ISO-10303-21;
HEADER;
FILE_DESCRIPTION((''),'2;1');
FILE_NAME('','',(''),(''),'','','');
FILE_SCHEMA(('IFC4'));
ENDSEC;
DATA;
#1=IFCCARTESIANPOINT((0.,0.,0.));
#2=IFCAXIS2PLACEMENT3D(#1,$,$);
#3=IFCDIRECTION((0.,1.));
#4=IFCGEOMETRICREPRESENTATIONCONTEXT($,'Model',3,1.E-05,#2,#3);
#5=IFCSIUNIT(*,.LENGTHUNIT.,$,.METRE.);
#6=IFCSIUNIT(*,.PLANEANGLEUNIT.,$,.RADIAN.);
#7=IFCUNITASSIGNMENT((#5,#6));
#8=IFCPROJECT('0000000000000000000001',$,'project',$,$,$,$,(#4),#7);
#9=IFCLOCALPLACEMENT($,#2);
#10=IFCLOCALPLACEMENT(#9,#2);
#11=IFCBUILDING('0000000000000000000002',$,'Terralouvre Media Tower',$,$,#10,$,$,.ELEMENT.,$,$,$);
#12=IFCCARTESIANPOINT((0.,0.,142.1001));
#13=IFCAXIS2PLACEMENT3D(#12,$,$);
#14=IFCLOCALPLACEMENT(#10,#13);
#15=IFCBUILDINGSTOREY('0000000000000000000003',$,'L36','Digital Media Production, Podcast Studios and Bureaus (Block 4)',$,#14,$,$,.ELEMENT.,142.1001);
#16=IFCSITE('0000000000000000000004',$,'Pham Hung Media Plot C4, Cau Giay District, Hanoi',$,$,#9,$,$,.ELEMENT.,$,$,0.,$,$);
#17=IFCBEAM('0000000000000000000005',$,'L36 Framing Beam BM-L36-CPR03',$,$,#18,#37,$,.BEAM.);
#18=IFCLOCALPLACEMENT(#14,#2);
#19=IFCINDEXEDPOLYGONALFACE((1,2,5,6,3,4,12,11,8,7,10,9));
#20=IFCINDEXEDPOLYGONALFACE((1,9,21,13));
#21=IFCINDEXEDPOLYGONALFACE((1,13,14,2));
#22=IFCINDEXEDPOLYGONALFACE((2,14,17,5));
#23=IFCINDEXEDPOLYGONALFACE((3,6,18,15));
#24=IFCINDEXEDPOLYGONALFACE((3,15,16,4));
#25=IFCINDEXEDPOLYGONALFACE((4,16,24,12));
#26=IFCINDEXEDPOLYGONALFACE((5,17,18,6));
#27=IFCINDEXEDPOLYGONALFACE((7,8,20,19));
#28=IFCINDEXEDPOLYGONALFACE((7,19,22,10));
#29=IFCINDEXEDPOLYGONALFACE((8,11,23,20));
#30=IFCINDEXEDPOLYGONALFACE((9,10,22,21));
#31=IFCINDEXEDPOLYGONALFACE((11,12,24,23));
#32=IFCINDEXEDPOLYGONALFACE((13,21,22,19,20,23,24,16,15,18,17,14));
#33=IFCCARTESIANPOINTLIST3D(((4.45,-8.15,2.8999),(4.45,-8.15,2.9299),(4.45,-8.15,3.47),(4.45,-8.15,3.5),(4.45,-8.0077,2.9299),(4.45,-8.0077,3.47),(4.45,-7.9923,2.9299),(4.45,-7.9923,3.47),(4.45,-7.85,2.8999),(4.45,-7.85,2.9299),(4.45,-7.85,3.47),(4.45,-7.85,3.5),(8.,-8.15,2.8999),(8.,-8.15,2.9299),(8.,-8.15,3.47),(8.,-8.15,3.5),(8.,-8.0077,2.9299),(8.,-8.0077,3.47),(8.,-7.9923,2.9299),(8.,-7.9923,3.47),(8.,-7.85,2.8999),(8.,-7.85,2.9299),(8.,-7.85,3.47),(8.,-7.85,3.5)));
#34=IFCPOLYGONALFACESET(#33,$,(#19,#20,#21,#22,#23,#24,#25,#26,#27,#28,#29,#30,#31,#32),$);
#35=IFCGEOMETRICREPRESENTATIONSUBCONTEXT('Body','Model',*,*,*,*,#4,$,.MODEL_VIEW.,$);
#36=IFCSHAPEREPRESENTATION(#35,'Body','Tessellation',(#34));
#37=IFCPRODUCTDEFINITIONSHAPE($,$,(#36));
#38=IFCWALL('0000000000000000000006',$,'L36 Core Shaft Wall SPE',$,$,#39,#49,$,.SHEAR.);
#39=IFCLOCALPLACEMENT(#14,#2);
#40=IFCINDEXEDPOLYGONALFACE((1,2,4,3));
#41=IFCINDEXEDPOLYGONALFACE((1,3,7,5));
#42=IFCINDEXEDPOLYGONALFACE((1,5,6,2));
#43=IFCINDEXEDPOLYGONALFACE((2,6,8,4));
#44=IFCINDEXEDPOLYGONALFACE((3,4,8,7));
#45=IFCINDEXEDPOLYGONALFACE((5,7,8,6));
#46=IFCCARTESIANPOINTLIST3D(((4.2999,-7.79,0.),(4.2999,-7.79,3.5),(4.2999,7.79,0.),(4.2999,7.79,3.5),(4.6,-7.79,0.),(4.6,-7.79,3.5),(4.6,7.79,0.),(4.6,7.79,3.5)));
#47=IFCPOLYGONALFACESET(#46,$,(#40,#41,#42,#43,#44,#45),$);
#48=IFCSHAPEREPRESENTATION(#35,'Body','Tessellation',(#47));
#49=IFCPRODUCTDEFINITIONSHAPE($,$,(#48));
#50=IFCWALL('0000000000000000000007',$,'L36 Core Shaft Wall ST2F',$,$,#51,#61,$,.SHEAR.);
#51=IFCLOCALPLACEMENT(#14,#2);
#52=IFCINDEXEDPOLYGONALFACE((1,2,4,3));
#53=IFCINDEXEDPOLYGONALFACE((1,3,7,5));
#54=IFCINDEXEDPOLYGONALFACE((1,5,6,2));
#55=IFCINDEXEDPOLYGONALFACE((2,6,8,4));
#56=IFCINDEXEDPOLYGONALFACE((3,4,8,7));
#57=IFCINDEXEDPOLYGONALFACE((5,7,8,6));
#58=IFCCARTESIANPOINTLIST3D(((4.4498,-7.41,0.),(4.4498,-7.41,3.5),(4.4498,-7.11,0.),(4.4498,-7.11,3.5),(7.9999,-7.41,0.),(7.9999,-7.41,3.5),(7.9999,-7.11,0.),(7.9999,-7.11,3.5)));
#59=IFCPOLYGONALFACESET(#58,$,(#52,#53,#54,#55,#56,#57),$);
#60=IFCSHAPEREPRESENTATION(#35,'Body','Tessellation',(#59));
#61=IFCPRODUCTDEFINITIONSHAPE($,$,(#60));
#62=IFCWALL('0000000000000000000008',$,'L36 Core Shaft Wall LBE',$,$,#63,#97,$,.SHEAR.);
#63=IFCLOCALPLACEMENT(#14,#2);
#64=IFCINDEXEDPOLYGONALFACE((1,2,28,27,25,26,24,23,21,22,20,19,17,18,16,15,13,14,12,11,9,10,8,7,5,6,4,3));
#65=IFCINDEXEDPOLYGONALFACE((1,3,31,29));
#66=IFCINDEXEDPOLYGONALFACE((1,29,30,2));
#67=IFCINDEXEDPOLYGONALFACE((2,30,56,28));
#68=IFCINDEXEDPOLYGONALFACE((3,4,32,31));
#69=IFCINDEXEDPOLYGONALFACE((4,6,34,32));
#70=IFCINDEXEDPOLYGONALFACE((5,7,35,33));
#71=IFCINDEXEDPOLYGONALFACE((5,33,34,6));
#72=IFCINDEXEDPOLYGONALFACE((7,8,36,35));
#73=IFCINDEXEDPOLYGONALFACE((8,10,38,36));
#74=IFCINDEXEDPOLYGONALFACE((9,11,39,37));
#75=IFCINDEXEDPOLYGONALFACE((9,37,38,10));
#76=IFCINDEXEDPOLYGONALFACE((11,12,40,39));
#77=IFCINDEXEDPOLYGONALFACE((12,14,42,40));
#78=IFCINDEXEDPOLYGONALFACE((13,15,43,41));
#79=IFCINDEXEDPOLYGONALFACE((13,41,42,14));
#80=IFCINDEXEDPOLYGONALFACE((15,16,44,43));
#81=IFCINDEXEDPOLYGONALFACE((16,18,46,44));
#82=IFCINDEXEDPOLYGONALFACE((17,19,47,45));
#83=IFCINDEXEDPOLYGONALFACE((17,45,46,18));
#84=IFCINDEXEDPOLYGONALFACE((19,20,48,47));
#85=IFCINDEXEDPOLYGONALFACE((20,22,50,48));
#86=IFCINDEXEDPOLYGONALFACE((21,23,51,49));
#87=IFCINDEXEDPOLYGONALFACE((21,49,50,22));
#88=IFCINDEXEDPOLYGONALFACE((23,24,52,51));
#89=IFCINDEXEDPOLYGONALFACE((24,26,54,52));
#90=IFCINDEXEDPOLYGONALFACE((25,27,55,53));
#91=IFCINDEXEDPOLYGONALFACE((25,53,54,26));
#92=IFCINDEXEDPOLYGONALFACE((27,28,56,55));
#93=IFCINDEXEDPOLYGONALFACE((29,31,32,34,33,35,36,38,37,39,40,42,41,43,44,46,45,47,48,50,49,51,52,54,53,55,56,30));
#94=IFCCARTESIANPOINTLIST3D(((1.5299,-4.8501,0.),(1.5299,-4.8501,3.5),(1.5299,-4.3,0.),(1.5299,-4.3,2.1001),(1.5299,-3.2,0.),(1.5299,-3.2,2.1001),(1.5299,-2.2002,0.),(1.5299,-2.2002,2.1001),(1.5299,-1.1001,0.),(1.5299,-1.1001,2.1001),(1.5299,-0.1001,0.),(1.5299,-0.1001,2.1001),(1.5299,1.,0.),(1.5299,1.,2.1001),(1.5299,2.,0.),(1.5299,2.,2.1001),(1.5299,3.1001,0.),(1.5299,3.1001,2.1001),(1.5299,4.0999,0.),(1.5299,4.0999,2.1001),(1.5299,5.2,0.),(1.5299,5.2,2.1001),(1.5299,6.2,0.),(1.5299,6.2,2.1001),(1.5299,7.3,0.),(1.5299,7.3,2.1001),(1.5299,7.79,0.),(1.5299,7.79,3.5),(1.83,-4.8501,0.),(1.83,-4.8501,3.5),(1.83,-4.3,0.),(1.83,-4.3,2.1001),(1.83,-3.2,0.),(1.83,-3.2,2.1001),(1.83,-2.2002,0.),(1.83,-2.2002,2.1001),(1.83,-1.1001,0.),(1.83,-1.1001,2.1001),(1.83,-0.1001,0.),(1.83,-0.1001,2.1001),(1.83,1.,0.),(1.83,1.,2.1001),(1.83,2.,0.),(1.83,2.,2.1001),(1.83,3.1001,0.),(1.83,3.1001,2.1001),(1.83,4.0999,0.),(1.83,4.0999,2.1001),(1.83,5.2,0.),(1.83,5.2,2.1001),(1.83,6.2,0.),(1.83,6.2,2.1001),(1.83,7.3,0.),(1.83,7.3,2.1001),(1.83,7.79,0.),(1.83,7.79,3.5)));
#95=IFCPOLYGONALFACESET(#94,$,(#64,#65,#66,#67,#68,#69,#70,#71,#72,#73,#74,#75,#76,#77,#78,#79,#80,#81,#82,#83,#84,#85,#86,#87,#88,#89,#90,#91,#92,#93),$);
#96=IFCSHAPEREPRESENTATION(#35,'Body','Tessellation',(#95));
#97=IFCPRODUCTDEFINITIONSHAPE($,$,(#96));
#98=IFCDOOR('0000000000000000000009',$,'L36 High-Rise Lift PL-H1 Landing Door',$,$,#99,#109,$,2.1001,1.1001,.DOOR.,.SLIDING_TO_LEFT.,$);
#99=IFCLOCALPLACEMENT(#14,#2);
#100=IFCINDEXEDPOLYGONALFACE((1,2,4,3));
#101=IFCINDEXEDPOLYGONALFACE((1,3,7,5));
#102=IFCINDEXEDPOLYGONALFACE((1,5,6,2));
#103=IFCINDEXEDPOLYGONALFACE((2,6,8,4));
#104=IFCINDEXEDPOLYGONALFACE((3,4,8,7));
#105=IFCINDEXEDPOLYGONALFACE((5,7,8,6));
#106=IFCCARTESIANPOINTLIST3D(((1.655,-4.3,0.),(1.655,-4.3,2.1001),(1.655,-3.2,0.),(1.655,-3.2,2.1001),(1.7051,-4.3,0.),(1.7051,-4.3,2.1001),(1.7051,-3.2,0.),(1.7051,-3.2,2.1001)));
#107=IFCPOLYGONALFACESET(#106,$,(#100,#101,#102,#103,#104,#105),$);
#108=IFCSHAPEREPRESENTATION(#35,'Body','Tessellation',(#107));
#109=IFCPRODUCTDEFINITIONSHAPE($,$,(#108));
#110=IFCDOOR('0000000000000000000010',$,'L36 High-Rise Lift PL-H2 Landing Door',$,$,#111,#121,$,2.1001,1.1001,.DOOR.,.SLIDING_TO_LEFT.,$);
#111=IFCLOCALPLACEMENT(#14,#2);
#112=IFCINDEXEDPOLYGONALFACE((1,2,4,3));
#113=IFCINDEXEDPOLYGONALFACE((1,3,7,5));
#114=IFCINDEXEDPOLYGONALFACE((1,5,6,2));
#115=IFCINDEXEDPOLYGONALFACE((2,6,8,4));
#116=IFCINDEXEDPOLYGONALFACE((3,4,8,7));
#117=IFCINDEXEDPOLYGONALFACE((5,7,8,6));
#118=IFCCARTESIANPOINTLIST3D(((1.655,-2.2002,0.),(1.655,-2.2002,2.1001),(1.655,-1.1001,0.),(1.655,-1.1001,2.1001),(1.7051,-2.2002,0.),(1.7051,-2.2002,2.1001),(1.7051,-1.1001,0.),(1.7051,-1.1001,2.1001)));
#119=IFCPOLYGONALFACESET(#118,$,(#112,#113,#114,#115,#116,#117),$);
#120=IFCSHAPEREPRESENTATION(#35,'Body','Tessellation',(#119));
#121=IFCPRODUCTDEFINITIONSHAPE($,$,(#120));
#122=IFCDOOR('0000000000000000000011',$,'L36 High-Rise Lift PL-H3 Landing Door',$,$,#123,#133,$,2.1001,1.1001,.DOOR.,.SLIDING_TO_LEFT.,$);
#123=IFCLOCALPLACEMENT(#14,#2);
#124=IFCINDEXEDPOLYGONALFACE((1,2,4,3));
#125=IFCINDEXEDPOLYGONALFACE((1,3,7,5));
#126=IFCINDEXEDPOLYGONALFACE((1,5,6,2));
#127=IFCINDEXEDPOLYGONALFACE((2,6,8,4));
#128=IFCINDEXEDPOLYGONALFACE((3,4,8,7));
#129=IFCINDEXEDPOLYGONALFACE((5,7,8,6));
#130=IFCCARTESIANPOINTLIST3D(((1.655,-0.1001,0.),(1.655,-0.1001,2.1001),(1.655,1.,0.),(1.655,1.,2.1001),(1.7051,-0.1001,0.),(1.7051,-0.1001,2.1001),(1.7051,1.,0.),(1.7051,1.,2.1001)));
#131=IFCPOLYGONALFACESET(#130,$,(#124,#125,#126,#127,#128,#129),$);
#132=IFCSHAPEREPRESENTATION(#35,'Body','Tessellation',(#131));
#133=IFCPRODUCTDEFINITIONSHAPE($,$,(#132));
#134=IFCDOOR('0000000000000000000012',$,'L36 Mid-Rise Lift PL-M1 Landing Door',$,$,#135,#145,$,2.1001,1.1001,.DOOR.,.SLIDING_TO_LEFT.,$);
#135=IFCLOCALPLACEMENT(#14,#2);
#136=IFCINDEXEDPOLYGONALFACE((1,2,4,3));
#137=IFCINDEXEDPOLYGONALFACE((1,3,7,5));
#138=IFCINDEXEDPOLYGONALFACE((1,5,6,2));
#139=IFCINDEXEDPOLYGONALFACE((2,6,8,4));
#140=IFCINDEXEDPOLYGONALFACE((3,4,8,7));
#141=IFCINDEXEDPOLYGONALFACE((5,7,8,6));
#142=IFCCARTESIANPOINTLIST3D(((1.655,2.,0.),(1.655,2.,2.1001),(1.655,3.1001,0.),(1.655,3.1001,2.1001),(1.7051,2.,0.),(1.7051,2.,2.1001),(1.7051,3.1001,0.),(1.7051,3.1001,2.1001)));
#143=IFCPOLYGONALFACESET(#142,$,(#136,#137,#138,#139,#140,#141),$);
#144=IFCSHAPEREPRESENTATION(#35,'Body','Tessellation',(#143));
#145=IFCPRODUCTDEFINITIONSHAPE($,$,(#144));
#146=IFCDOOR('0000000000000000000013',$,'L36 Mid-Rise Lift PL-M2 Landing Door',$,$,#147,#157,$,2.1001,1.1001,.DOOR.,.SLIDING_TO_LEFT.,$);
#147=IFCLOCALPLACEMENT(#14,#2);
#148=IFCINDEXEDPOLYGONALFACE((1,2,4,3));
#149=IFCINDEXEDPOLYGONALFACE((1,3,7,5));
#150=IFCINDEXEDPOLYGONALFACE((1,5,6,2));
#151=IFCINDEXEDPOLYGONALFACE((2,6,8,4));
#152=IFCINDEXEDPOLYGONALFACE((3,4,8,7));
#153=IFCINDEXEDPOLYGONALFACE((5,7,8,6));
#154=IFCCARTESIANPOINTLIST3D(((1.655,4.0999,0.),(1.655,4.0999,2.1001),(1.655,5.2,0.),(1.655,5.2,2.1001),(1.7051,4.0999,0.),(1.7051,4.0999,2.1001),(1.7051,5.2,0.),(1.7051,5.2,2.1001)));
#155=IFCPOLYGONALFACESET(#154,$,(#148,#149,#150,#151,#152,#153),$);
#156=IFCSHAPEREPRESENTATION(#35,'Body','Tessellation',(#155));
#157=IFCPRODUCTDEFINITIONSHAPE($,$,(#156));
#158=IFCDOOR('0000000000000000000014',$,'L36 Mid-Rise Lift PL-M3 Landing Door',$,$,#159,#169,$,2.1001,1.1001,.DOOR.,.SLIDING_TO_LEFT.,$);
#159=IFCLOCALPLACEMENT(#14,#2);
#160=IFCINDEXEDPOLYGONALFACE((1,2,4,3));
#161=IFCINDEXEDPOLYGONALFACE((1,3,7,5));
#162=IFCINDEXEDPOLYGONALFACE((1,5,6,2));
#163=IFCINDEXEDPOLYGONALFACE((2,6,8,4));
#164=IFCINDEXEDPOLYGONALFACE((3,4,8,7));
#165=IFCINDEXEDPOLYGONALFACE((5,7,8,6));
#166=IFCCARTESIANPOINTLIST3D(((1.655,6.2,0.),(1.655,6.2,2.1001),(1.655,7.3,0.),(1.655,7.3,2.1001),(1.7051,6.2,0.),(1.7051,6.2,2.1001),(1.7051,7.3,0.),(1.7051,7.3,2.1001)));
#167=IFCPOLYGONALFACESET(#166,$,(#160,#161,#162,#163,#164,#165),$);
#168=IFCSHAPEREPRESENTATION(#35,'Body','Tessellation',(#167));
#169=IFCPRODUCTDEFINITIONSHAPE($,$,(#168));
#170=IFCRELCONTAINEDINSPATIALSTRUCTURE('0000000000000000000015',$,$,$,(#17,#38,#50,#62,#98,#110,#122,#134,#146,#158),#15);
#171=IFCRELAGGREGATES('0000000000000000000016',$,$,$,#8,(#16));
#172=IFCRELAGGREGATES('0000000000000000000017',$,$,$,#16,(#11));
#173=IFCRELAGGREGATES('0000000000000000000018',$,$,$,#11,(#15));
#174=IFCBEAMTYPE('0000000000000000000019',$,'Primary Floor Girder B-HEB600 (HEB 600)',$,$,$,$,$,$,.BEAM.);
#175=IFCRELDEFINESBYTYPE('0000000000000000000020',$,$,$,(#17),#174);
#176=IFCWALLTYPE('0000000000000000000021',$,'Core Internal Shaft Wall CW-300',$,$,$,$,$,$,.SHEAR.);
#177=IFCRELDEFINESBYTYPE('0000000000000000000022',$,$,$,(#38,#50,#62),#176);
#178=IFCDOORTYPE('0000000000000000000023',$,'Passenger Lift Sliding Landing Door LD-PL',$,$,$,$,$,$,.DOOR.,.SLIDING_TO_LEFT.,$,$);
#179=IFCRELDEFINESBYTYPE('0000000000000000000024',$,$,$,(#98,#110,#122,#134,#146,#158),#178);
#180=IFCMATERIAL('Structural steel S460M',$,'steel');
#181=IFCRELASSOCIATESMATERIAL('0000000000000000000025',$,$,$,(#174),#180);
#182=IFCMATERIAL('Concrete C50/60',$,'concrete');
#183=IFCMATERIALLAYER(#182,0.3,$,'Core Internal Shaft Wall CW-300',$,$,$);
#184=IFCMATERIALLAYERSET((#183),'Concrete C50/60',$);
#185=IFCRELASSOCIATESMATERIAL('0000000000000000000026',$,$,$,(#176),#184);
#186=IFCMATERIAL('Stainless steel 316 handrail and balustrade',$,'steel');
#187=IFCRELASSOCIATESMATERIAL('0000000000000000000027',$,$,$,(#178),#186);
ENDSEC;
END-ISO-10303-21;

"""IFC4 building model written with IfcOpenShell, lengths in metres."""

from ifc_helpers import new_model, si_unit, direction, frame, frame_2d, origin, origin_2d, place, context, subcontext, project, spatial, rectangle, i_section, extrude, material, layer, layer_set, material_profile, profile_set, type_object, element, fill, save


model = new_model("IFC4")

# Units and contexts
model_context = context("Model", 3, precision=1e-05, world=origin(), true_north=direction((0.0, 1.0)))
body_context = subcontext(model_context, "Body", "Model", "MODEL_VIEW")
ifc_project = project(units=[si_unit("LENGTHUNIT", "METRE"), si_unit("PLANEANGLEUNIT", "RADIAN")], contexts=[model_context])

# Site, building, storey
site_placement = place(None, origin())
site = spatial("IfcSite", under=ifc_project, at=site_placement, Name="Pham Hung Media Plot C4, Cau Giay District, Hanoi", CompositionType="ELEMENT", RefElevation=0.0)
building_placement = place(site_placement, origin())
building = spatial("IfcBuilding", under=site, at=building_placement, Name="Terralouvre Media Tower", CompositionType="ELEMENT")
storey_placement = place(building_placement, frame((0.0, 0.0, 142.1001)))
storey = spatial("IfcBuildingStorey", under=building, at=storey_placement, Name="L36", Description="Digital Media Production, Podcast Studios and Bureaus (Block 4)", CompositionType="ELEMENT", Elevation=142.1001)

# Beam
ifc_material_1 = material(Name="Structural steel S460M", Category="steel")
ifc_material_profile = material_profile(ifc_material_1, i_section(OverallWidth=0.3, OverallDepth=0.6001, WebThickness=0.0154, FlangeThickness=0.03, at=origin_2d()), Name="HEB 600")
ifc_profile_set = profile_set([ifc_material_profile], Name="Structural steel S460M")
beam_type = type_object("IfcBeamType", Name="Primary Floor Girder B-HEB600 (HEB 600)", PredefinedType="BEAM", material=ifc_profile_set)
beam_placement = place(storey_placement, frame((4.45, -8.0, 3.2), z_axis=(1.0, 0.0, 0.0), x_axis=(0.0, 1.0, 0.0)))
element("IfcBeam", 1, at=beam_placement, inside=storey, type_object=beam_type, Name="L36 Framing Beam BM-L36-CPR03", PredefinedType="BEAM", context=body_context, shape_type="SweptSolid", body=[
    extrude(i_section(OverallWidth=0.3, OverallDepth=0.6001, WebThickness=0.0154, FlangeThickness=0.03, at=origin_2d()), origin(), (0.0, 0.0, 1.0), 3.55),
])

# Wall
ifc_material_2 = material(Name="Concrete C50/60", Category="concrete")
ifc_layer_1 = layer(ifc_material_2, 0.3, Name="Core Internal Shaft Wall CW-300")
ifc_layer_set_1 = layer_set([ifc_layer_1], Name="Concrete C50/60")
wall_type_1 = type_object("IfcWallType", Name="Core Internal Shaft Wall CW-300", PredefinedType="SHEAR", material=ifc_layer_set_1)
wall_1_placement = place(storey_placement, frame((4.45, -7.79, 0.0), z_axis=(0.0, 0.0, 1.0), x_axis=(0.0, 1.0, 0.0)))
element("IfcWall", 2, at=wall_1_placement, inside=storey, type_object=wall_type_1, Name="L36 Core Shaft Wall SPE", PredefinedType="SHEAR", context=body_context, shape_type="SweptSolid", body=[
    extrude(rectangle(XDim=15.5801, YDim=0.3, at=frame_2d((7.79, 0.0))), origin(), (0.0, 0.0, 1.0), 3.5),
])

# Wall
wall_2_placement = place(storey_placement, frame((4.45, -7.26, 0.0), z_axis=(0.0, 0.0, 1.0), x_axis=(1.0, 0.0, 0.0)))
element("IfcWall", 3, at=wall_2_placement, inside=storey, type_object=wall_type_1, Name="L36 Core Shaft Wall ST2F", PredefinedType="SHEAR", context=body_context, shape_type="SweptSolid", body=[
    extrude(rectangle(XDim=3.55, YDim=0.3, at=frame_2d((1.7749, 0.0))), origin(), (0.0, 0.0, 1.0), 3.5),
])

# Wall, openings, doors
wall_3_placement = place(storey_placement, frame((1.6799, -4.8501, 0.0), z_axis=(0.0, 0.0, 1.0), x_axis=(0.0, 1.0, 0.0)))
wall_3 = element("IfcWall", 4, at=wall_3_placement, inside=storey, type_object=wall_type_1, Name="L36 Core Shaft Wall LBE", PredefinedType="SHEAR", context=body_context, shape_type="SweptSolid", body=[
    extrude(rectangle(XDim=12.6401, YDim=0.3, at=frame_2d((6.3201, 0.0))), origin(), (0.0, 0.0, 1.0), 3.5),
])
opening_1_placement = place(wall_3_placement, frame((0.55, 0.0, 0.0)))
opening_1 = element("IfcOpeningElement", 5, at=opening_1_placement, cuts=wall_3, PredefinedType="OPENING", context=body_context, shape_type="SweptSolid", body=[
    extrude(rectangle(XDim=1.1001, YDim=2.1001, at=frame_2d((0.55, 1.05))), frame((0.0, 0.1599, 0.0), z_axis=(0.0, -1.0, 0.0), x_axis=(1.0, 0.0, 0.0)), (0.0, 0.0, 1.0), 0.3201),
])
opening_2_placement = place(wall_3_placement, frame((2.6499, 0.0, 0.0)))
opening_2 = element("IfcOpeningElement", 6, at=opening_2_placement, cuts=wall_3, PredefinedType="OPENING", context=body_context, shape_type="SweptSolid", body=[
    extrude(rectangle(XDim=1.1001, YDim=2.1001, at=frame_2d((0.55, 1.05))), frame((0.0, 0.1599, 0.0), z_axis=(0.0, -1.0, 0.0), x_axis=(1.0, 0.0, 0.0)), (0.0, 0.0, 1.0), 0.3201),
])
opening_3_placement = place(wall_3_placement, frame((4.75, 0.0, 0.0)))
opening_3 = element("IfcOpeningElement", 7, at=opening_3_placement, cuts=wall_3, PredefinedType="OPENING", context=body_context, shape_type="SweptSolid", body=[
    extrude(rectangle(XDim=1.1001, YDim=2.1001, at=frame_2d((0.55, 1.05))), frame((0.0, 0.1599, 0.0), z_axis=(0.0, -1.0, 0.0), x_axis=(1.0, 0.0, 0.0)), (0.0, 0.0, 1.0), 0.3201),
])
opening_4_placement = place(wall_3_placement, frame((6.8501, 0.0, 0.0)))
opening_4 = element("IfcOpeningElement", 8, at=opening_4_placement, cuts=wall_3, PredefinedType="OPENING", context=body_context, shape_type="SweptSolid", body=[
    extrude(rectangle(XDim=1.1001, YDim=2.1001, at=frame_2d((0.55, 1.05))), frame((0.0, 0.1599, 0.0), z_axis=(0.0, -1.0, 0.0), x_axis=(1.0, 0.0, 0.0)), (0.0, 0.0, 1.0), 0.3201),
])
opening_5_placement = place(wall_3_placement, frame((8.95, 0.0, 0.0)))
opening_5 = element("IfcOpeningElement", 9, at=opening_5_placement, cuts=wall_3, PredefinedType="OPENING", context=body_context, shape_type="SweptSolid", body=[
    extrude(rectangle(XDim=1.1001, YDim=2.1001, at=frame_2d((0.55, 1.05))), frame((0.0, 0.1599, 0.0), z_axis=(0.0, -1.0, 0.0), x_axis=(1.0, 0.0, 0.0)), (0.0, 0.0, 1.0), 0.3201),
])
opening_6_placement = place(wall_3_placement, frame((11.05, 0.0, 0.0)))
opening_6 = element("IfcOpeningElement", 10, at=opening_6_placement, cuts=wall_3, PredefinedType="OPENING", context=body_context, shape_type="SweptSolid", body=[
    extrude(rectangle(XDim=1.1001, YDim=2.1001, at=frame_2d((0.55, 1.05))), frame((0.0, 0.1599, 0.0), z_axis=(0.0, -1.0, 0.0), x_axis=(1.0, 0.0, 0.0)), (0.0, 0.0, 1.0), 0.3201),
])
ifc_material_3 = material(Name="Stainless steel 316 handrail and balustrade", Category="steel")
door_type_1 = type_object("IfcDoorType", Name="Passenger Lift Sliding Landing Door LD-PL", OperationType="SLIDING_TO_LEFT", PredefinedType="DOOR", material=ifc_material_3)
door_1_placement = place(opening_1_placement, origin())
door_1 = element("IfcDoor", 11, at=door_1_placement, inside=storey, type_object=door_type_1, Name="L36 High-Rise Lift PL-H1 Landing Door", OperationType="SLIDING_TO_LEFT", OverallHeight=2.1001, OverallWidth=1.1001, PredefinedType="DOOR", context=body_context, shape_type="SweptSolid", body=[
    extrude(rectangle(XDim=1.1001, YDim=2.1001, at=frame_2d((0.55, 1.05))), frame((0.0, 0.0249, 0.0), z_axis=(0.0, -1.0, 0.0), x_axis=(1.0, 0.0, 0.0)), (0.0, 0.0, 1.0), 0.05),
])
fill(opening_1, door_1)
door_2_placement = place(opening_2_placement, origin())
door_2 = element("IfcDoor", 12, at=door_2_placement, inside=storey, type_object=door_type_1, Name="L36 High-Rise Lift PL-H2 Landing Door", OperationType="SLIDING_TO_LEFT", OverallHeight=2.1001, OverallWidth=1.1001, PredefinedType="DOOR", context=body_context, shape_type="SweptSolid", body=[
    extrude(rectangle(XDim=1.1001, YDim=2.1001, at=frame_2d((0.55, 1.05))), frame((0.0, 0.0249, 0.0), z_axis=(0.0, -1.0, 0.0), x_axis=(1.0, 0.0, 0.0)), (0.0, 0.0, 1.0), 0.05),
])
fill(opening_2, door_2)
door_3_placement = place(opening_3_placement, origin())
door_3 = element("IfcDoor", 13, at=door_3_placement, inside=storey, type_object=door_type_1, Name="L36 High-Rise Lift PL-H3 Landing Door", OperationType="SLIDING_TO_LEFT", OverallHeight=2.1001, OverallWidth=1.1001, PredefinedType="DOOR", context=body_context, shape_type="SweptSolid", body=[
    extrude(rectangle(XDim=1.1001, YDim=2.1001, at=frame_2d((0.55, 1.05))), frame((0.0, 0.0249, 0.0), z_axis=(0.0, -1.0, 0.0), x_axis=(1.0, 0.0, 0.0)), (0.0, 0.0, 1.0), 0.05),
])
fill(opening_3, door_3)
door_4_placement = place(opening_4_placement, origin())
door_4 = element("IfcDoor", 14, at=door_4_placement, inside=storey, type_object=door_type_1, Name="L36 Mid-Rise Lift PL-M1 Landing Door", OperationType="SLIDING_TO_LEFT", OverallHeight=2.1001, OverallWidth=1.1001, PredefinedType="DOOR", context=body_context, shape_type="SweptSolid", body=[
    extrude(rectangle(XDim=1.1001, YDim=2.1001, at=frame_2d((0.55, 1.05))), frame((0.0, 0.0249, 0.0), z_axis=(0.0, -1.0, 0.0), x_axis=(1.0, 0.0, 0.0)), (0.0, 0.0, 1.0), 0.05),
])
fill(opening_4, door_4)
door_5_placement = place(opening_5_placement, origin())
door_5 = element("IfcDoor", 15, at=door_5_placement, inside=storey, type_object=door_type_1, Name="L36 Mid-Rise Lift PL-M2 Landing Door", OperationType="SLIDING_TO_LEFT", OverallHeight=2.1001, OverallWidth=1.1001, PredefinedType="DOOR", context=body_context, shape_type="SweptSolid", body=[
    extrude(rectangle(XDim=1.1001, YDim=2.1001, at=frame_2d((0.55, 1.05))), frame((0.0, 0.0249, 0.0), z_axis=(0.0, -1.0, 0.0), x_axis=(1.0, 0.0, 0.0)), (0.0, 0.0, 1.0), 0.05),
])
fill(opening_5, door_5)
door_6_placement = place(opening_6_placement, origin())
door_6 = element("IfcDoor", 16, at=door_6_placement, inside=storey, type_object=door_type_1, Name="L36 Mid-Rise Lift PL-M3 Landing Door", OperationType="SLIDING_TO_LEFT", OverallHeight=2.1001, OverallWidth=1.1001, PredefinedType="DOOR", context=body_context, shape_type="SweptSolid", body=[
    extrude(rectangle(XDim=1.1001, YDim=2.1001, at=frame_2d((0.55, 1.05))), frame((0.0, 0.0249, 0.0), z_axis=(0.0, -1.0, 0.0), x_axis=(1.0, 0.0, 0.0)), (0.0, 0.0, 1.0), 0.05),
])
fill(opening_6, door_6)

save(model, "model.ifc")
